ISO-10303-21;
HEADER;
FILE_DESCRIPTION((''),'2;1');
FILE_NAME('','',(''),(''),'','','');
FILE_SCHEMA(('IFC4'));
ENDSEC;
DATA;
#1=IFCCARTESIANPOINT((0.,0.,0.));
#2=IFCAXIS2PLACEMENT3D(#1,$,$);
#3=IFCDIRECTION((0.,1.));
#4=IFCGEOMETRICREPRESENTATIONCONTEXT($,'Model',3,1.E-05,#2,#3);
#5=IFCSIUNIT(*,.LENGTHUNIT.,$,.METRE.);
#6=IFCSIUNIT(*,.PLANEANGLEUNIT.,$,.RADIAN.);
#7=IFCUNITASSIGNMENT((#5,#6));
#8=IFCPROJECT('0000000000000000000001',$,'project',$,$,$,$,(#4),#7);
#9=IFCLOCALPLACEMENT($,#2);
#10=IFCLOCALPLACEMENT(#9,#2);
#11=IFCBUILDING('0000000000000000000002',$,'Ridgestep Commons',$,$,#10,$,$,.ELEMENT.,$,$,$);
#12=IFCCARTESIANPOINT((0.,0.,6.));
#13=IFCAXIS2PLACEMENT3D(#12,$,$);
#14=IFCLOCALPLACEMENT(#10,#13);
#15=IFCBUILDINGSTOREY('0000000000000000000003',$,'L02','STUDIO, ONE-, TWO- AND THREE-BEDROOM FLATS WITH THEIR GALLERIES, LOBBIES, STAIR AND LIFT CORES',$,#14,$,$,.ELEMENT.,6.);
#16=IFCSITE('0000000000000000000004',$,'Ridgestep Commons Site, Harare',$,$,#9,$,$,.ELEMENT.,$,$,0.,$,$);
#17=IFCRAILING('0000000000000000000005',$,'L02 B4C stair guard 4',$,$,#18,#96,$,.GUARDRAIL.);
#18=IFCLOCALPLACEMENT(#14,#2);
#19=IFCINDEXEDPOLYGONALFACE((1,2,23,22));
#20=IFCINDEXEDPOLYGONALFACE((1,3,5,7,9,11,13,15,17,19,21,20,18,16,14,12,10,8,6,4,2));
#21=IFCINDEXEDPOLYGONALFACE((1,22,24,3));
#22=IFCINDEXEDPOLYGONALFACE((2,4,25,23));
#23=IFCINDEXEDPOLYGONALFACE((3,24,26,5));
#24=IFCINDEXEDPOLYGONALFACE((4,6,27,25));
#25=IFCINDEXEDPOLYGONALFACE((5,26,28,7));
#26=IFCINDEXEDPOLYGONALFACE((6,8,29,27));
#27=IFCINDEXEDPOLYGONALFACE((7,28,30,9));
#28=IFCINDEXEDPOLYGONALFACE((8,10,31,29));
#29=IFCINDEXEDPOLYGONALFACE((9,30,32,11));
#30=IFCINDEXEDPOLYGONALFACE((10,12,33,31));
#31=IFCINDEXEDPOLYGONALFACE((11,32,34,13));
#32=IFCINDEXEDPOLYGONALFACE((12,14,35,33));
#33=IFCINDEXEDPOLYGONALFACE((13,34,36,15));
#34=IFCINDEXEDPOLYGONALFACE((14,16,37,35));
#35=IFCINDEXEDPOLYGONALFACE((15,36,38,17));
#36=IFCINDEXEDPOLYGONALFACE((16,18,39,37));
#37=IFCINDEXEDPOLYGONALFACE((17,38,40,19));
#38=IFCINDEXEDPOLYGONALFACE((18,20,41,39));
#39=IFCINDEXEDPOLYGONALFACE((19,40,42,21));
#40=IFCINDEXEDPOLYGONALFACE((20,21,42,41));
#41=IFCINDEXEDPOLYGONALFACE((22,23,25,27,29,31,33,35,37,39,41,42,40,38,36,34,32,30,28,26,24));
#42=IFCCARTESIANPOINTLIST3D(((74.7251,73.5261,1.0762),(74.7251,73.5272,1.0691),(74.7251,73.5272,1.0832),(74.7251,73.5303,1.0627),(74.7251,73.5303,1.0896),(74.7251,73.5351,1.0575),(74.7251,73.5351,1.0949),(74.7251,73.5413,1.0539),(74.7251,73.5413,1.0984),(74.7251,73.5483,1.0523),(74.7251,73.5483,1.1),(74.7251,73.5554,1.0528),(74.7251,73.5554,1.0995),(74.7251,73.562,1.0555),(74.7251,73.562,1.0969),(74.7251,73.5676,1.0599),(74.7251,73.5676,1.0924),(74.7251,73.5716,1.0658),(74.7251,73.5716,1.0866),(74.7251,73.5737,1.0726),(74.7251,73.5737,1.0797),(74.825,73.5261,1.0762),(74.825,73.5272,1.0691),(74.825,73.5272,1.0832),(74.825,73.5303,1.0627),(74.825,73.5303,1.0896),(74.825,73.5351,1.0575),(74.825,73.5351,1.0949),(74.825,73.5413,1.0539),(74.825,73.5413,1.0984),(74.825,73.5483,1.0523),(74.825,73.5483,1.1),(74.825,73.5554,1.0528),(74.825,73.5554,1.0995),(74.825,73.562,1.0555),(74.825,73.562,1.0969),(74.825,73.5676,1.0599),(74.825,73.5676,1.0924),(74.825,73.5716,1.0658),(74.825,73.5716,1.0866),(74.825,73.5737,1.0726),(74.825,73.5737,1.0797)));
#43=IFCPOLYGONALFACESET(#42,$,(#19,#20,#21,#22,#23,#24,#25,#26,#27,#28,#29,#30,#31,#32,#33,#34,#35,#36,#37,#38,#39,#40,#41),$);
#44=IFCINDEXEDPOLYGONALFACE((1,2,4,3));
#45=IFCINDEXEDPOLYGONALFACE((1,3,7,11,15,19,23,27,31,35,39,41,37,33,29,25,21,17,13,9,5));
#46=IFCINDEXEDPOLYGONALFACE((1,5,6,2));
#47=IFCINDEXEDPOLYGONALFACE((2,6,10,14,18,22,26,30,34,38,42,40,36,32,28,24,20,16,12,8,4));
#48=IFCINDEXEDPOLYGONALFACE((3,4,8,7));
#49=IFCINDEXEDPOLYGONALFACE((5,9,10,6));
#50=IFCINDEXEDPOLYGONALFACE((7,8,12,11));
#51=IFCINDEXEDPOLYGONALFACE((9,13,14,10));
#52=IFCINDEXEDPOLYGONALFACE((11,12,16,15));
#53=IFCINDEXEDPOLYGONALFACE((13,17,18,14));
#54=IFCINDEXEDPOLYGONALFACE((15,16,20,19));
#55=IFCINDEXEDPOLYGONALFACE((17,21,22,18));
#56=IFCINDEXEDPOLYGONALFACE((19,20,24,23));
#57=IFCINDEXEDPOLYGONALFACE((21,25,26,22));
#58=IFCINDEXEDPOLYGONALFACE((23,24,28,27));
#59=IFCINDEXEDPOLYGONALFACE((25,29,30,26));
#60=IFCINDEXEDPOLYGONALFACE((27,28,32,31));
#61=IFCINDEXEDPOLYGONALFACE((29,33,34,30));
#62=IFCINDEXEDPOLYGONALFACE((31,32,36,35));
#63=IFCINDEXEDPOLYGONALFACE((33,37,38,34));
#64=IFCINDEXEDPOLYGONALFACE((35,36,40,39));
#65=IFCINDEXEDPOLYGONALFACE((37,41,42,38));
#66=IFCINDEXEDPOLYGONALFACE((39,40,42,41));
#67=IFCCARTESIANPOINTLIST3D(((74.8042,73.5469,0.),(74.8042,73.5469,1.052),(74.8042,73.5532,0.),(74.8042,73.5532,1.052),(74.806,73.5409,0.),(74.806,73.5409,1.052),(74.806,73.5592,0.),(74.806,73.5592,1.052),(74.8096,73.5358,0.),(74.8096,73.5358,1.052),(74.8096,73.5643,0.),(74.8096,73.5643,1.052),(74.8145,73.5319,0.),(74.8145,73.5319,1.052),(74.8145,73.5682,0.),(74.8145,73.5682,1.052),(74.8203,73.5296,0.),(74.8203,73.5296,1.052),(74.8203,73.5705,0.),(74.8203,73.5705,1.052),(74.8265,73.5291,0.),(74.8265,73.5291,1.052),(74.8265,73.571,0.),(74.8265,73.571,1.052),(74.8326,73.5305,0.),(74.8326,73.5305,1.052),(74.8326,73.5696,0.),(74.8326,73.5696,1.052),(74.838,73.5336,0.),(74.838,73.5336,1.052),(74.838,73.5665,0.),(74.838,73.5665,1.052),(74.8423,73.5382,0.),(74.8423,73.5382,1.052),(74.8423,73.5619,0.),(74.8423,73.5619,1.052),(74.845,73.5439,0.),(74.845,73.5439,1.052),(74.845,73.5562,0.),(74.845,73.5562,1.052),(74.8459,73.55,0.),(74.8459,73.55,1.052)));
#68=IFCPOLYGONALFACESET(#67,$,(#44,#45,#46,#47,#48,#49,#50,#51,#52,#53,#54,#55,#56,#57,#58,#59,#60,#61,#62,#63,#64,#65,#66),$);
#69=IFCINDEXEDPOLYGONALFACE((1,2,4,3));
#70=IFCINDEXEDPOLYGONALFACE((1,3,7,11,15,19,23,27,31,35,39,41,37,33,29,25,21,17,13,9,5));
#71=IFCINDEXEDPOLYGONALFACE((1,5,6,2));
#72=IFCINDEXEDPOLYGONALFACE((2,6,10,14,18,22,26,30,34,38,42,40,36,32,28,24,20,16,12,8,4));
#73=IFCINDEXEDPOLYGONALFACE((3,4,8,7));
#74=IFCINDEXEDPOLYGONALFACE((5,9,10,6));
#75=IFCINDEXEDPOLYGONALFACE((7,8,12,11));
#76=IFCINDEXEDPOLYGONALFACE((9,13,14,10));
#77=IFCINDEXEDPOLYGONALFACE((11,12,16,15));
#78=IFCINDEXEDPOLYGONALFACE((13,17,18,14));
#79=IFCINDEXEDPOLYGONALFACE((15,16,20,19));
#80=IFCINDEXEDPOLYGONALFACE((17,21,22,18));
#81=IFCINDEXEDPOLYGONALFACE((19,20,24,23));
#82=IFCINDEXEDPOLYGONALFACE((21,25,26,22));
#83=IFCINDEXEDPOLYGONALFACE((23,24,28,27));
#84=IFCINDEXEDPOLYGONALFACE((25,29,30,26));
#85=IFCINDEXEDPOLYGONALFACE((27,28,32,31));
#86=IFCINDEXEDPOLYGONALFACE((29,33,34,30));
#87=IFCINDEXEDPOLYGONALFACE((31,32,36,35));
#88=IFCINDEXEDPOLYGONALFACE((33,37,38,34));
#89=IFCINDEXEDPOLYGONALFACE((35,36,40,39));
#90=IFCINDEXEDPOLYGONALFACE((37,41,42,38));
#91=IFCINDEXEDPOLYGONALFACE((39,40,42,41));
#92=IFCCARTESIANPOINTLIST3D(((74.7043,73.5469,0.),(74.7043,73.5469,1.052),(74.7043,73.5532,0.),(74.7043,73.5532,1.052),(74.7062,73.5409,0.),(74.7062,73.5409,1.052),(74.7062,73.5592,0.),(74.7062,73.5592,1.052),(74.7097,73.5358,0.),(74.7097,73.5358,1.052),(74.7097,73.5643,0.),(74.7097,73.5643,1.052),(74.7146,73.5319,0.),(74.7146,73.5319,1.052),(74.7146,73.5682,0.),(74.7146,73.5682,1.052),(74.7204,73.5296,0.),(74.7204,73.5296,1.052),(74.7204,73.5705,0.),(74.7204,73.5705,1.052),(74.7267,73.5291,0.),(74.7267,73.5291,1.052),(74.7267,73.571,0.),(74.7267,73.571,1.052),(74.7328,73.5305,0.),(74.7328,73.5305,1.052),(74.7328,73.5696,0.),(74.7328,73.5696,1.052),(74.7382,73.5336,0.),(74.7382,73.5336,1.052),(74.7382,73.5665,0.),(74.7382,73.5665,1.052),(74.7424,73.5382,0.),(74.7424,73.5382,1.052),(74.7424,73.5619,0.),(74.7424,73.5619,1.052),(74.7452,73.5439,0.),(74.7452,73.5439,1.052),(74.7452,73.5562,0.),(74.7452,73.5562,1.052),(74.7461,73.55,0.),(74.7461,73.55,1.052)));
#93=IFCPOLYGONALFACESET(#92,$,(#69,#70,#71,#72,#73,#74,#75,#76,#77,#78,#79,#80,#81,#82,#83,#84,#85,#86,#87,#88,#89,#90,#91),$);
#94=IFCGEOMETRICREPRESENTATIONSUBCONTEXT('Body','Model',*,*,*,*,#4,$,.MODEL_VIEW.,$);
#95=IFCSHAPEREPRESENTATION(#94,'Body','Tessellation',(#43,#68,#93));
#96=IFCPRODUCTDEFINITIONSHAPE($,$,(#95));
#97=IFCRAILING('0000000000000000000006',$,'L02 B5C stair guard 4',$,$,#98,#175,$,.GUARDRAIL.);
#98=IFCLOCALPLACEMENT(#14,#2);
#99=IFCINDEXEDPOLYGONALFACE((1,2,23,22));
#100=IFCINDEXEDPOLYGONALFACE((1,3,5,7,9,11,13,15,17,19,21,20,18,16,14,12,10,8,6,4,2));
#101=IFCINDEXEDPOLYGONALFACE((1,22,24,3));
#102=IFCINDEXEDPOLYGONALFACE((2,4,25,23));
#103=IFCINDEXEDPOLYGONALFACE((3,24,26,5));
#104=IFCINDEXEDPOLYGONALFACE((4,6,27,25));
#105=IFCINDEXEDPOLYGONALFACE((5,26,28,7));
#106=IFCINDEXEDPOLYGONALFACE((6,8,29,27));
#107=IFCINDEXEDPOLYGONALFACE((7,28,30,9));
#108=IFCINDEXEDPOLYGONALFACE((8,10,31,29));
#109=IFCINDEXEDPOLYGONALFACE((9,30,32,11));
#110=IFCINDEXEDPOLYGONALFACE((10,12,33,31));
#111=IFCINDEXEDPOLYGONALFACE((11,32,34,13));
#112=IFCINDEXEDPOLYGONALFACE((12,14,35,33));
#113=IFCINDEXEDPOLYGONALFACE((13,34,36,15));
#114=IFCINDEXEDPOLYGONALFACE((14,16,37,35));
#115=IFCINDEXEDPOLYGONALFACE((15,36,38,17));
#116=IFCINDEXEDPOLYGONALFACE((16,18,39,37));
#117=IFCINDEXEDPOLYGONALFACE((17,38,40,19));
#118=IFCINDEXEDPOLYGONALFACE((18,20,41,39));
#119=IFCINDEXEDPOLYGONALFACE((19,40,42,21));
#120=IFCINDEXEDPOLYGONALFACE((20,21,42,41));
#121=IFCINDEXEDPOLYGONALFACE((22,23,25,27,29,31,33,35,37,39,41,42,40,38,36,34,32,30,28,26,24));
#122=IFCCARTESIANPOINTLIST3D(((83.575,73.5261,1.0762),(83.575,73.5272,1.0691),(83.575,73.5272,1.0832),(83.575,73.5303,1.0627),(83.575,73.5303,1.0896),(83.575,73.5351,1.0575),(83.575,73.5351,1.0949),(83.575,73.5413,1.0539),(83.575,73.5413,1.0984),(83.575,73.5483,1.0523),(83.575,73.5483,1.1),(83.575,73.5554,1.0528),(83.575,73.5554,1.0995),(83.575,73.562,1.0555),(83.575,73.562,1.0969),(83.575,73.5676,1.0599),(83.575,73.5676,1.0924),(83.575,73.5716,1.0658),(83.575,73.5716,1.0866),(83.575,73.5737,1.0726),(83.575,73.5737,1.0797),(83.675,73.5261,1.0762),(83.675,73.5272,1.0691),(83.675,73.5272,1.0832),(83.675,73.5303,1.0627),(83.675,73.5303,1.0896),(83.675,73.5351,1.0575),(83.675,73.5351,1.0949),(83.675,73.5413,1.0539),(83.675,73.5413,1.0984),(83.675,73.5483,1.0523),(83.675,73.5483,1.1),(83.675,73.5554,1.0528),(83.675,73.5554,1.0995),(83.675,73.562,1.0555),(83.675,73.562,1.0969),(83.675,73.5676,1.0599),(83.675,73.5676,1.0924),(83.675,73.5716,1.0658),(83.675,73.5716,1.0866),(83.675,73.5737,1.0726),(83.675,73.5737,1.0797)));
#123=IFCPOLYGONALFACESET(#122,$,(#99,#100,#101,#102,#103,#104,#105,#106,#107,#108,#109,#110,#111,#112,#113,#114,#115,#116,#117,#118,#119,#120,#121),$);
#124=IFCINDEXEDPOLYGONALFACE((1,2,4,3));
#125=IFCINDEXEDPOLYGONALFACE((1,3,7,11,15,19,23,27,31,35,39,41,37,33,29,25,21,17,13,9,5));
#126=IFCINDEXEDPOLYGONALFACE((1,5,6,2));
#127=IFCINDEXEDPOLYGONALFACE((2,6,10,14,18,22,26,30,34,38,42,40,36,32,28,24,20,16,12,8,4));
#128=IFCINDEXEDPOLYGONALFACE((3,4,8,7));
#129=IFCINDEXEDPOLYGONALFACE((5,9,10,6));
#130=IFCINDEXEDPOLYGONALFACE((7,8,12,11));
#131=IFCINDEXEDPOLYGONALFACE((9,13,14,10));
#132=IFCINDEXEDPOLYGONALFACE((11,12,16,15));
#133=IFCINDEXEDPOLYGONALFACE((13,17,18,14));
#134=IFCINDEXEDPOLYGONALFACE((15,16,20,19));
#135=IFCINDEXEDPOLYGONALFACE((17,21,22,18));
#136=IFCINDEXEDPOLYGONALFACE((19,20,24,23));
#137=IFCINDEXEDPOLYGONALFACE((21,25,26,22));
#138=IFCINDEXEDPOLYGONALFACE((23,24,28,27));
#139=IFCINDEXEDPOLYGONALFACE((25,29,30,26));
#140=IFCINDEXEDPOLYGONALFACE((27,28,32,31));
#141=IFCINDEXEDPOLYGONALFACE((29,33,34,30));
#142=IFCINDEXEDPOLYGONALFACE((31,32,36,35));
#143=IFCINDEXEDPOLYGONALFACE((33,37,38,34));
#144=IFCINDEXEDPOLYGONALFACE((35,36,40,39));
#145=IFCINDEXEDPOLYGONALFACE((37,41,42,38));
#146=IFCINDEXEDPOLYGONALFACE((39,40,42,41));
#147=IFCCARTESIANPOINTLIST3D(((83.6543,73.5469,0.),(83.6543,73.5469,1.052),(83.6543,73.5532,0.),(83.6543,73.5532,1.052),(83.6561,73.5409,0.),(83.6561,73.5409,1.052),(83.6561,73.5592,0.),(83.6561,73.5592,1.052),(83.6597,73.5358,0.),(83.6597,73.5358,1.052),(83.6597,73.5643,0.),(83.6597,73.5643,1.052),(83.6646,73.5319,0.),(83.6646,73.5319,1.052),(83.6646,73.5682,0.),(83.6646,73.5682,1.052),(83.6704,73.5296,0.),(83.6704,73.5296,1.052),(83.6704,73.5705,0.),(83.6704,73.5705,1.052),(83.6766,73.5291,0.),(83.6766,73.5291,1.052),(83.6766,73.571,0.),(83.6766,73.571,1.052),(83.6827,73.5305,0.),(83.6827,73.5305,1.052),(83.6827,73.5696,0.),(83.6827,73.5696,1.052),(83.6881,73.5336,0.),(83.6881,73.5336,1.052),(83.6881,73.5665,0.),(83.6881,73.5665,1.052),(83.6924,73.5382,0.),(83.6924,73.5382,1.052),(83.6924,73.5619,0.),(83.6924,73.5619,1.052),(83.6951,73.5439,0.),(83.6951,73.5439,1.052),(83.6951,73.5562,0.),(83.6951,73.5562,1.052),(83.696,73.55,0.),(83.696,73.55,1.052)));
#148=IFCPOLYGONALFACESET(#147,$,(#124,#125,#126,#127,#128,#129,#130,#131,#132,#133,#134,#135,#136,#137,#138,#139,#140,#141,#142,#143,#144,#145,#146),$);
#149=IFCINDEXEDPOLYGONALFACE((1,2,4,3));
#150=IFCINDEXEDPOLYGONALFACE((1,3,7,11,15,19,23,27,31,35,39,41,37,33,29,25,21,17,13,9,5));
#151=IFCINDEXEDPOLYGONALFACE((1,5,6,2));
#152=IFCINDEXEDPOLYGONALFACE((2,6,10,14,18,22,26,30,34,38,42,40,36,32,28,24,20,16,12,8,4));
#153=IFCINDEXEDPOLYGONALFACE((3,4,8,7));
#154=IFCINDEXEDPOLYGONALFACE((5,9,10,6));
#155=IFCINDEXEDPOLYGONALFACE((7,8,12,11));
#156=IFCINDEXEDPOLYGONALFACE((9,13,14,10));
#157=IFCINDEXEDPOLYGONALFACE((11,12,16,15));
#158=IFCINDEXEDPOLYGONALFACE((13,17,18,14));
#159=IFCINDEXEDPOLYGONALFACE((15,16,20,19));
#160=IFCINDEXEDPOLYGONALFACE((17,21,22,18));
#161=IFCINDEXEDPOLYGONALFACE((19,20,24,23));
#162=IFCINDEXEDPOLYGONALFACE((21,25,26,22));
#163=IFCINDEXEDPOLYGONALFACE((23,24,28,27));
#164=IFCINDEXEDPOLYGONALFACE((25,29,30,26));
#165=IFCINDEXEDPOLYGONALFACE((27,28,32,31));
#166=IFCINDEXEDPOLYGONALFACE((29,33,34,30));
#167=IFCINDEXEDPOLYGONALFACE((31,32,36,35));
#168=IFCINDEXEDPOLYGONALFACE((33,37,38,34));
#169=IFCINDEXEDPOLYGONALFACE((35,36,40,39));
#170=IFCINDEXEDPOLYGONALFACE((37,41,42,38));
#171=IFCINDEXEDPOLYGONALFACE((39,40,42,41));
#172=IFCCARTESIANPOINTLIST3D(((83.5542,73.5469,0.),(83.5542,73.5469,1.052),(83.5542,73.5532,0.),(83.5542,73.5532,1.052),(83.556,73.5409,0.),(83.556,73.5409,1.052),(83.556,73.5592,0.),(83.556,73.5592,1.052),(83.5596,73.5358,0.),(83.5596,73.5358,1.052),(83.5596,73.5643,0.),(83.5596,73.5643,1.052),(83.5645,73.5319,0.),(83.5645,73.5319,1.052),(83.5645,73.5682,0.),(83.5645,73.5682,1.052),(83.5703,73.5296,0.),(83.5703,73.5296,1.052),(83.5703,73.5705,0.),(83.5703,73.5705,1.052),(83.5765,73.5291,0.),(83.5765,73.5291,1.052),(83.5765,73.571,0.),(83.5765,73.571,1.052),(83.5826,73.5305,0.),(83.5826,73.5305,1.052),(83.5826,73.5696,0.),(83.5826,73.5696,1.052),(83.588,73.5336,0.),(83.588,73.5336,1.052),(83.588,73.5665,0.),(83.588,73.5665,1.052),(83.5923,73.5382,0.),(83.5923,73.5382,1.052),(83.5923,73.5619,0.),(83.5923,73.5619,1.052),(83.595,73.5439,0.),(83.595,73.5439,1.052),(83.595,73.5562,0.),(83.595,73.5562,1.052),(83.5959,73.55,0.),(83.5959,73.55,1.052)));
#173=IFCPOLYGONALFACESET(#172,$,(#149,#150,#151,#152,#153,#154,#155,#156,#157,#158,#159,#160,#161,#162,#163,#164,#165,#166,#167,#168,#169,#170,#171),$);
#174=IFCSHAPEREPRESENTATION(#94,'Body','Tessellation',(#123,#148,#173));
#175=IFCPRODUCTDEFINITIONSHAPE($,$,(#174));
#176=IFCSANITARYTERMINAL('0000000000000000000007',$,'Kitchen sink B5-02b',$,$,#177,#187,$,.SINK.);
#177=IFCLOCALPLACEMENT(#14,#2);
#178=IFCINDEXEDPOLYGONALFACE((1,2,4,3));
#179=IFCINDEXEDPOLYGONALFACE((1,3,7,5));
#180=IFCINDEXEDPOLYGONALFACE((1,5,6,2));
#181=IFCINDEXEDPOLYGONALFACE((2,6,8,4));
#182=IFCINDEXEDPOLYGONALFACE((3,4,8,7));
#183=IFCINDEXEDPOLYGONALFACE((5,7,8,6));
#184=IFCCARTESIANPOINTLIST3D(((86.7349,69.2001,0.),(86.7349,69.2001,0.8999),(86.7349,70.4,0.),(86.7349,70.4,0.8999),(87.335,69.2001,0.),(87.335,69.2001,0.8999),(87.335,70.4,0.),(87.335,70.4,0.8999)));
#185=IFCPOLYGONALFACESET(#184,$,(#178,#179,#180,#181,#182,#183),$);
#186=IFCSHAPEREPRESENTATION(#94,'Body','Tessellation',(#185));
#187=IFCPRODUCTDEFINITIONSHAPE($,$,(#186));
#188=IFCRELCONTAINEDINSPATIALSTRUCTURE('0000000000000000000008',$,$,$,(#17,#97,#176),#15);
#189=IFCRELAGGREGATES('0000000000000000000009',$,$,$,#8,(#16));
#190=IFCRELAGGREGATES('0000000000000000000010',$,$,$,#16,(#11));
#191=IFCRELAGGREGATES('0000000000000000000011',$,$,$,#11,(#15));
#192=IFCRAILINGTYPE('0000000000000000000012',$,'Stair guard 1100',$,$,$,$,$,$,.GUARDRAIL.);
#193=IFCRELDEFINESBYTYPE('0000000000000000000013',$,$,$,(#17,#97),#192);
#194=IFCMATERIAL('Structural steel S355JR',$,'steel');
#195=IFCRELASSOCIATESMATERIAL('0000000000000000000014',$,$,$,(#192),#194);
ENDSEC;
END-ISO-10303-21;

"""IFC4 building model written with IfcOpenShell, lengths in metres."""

from ifc_helpers import new_model, si_unit, direction, frame, origin, origin_2d, place, context, subcontext, project, spatial, rectangle, circle, extrude, material, type_object, element, save


model = new_model("IFC4")

# Units and contexts
model_context = context("Model", 3, precision=1e-05, world=origin(), true_north=direction((0.0, 1.0)))
body_context = subcontext(model_context, "Body", "Model", "MODEL_VIEW")
ifc_project = project(units=[si_unit("LENGTHUNIT", "METRE"), si_unit("PLANEANGLEUNIT", "RADIAN")], contexts=[model_context])

# Site, building, storey
site_placement = place(None, origin())
site = spatial("IfcSite", under=ifc_project, at=site_placement, Name="Ridgestep Commons Site, Harare", CompositionType="ELEMENT", RefElevation=0.0)
building_placement = place(site_placement, origin())
building = spatial("IfcBuilding", under=site, at=building_placement, Name="Ridgestep Commons", CompositionType="ELEMENT")
storey_placement = place(building_placement, frame((0.0, 0.0, 6.0)))
storey = spatial("IfcBuildingStorey", under=building, at=storey_placement, Name="L02", Description="STUDIO, ONE-, TWO- AND THREE-BEDROOM FLATS WITH THEIR GALLERIES, LOBBIES, STAIR AND LIFT CORES", CompositionType="ELEMENT", Elevation=6.0)

# Railings
ifc_material_1 = material(Name="Structural steel S355JR", Category="steel")
railing_type = type_object("IfcRailingType", Name="Stair guard 1100", PredefinedType="GUARDRAIL", material=ifc_material_1)
railing_1_placement = place(storey_placement, frame((74.825, 73.55, 0.0)))
element("IfcRailing", 1, at=railing_1_placement, inside=storey, type_object=railing_type, Name="L02 B4C stair guard 4", PredefinedType="GUARDRAIL", context=body_context, shape_type="SweptSolid", body=[
    extrude(circle(Radius=0.0239, at=origin_2d()), frame((0.0, 0.0, 1.0762), z_axis=(-1.0, 0.0, 0.0), x_axis=(0.0, -1.0, 0.0)), (0.0, 0.0, 1.0), 0.0999),
    extrude(circle(Radius=0.021, at=origin_2d()), origin(), (0.0, 0.0, 1.0), 1.052),
    extrude(circle(Radius=0.021, at=origin_2d()), frame((-0.0999, 0.0, 0.0)), (0.0, 0.0, 1.0), 1.052),
])
railing_2_placement = place(storey_placement, frame((83.675, 73.55, 0.0)))
element("IfcRailing", 2, at=railing_2_placement, inside=storey, type_object=railing_type, Name="L02 B5C stair guard 4", PredefinedType="GUARDRAIL", context=body_context, shape_type="SweptSolid", body=[
    extrude(circle(Radius=0.0239, at=origin_2d()), frame((0.0, 0.0, 1.0762), z_axis=(-1.0, 0.0, 0.0), x_axis=(0.0, -1.0, 0.0)), (0.0, 0.0, 1.0), 0.1001),
    extrude(circle(Radius=0.021, at=origin_2d()), origin(), (0.0, 0.0, 1.0), 1.052),
    extrude(circle(Radius=0.021, at=origin_2d()), frame((-0.1001, 0.0, 0.0)), (0.0, 0.0, 1.0), 1.052),
])

# Sanitary terminal
sanitary_terminal_placement = place(storey_placement, frame((87.0349, 69.8, 0.0), z_axis=(0.0, 0.0, 1.0), x_axis=(1.0, 0.0, 0.0)))
element("IfcSanitaryTerminal", 3, at=sanitary_terminal_placement, inside=storey, Name="Kitchen sink B5-02b", PredefinedType="SINK", context=body_context, shape_type="SweptSolid", body=[
    extrude(rectangle(XDim=0.6001, YDim=1.2, at=origin_2d()), origin(), (0.0, 0.0, 1.0), 0.8999),
])

save(model, "model.ifc")
